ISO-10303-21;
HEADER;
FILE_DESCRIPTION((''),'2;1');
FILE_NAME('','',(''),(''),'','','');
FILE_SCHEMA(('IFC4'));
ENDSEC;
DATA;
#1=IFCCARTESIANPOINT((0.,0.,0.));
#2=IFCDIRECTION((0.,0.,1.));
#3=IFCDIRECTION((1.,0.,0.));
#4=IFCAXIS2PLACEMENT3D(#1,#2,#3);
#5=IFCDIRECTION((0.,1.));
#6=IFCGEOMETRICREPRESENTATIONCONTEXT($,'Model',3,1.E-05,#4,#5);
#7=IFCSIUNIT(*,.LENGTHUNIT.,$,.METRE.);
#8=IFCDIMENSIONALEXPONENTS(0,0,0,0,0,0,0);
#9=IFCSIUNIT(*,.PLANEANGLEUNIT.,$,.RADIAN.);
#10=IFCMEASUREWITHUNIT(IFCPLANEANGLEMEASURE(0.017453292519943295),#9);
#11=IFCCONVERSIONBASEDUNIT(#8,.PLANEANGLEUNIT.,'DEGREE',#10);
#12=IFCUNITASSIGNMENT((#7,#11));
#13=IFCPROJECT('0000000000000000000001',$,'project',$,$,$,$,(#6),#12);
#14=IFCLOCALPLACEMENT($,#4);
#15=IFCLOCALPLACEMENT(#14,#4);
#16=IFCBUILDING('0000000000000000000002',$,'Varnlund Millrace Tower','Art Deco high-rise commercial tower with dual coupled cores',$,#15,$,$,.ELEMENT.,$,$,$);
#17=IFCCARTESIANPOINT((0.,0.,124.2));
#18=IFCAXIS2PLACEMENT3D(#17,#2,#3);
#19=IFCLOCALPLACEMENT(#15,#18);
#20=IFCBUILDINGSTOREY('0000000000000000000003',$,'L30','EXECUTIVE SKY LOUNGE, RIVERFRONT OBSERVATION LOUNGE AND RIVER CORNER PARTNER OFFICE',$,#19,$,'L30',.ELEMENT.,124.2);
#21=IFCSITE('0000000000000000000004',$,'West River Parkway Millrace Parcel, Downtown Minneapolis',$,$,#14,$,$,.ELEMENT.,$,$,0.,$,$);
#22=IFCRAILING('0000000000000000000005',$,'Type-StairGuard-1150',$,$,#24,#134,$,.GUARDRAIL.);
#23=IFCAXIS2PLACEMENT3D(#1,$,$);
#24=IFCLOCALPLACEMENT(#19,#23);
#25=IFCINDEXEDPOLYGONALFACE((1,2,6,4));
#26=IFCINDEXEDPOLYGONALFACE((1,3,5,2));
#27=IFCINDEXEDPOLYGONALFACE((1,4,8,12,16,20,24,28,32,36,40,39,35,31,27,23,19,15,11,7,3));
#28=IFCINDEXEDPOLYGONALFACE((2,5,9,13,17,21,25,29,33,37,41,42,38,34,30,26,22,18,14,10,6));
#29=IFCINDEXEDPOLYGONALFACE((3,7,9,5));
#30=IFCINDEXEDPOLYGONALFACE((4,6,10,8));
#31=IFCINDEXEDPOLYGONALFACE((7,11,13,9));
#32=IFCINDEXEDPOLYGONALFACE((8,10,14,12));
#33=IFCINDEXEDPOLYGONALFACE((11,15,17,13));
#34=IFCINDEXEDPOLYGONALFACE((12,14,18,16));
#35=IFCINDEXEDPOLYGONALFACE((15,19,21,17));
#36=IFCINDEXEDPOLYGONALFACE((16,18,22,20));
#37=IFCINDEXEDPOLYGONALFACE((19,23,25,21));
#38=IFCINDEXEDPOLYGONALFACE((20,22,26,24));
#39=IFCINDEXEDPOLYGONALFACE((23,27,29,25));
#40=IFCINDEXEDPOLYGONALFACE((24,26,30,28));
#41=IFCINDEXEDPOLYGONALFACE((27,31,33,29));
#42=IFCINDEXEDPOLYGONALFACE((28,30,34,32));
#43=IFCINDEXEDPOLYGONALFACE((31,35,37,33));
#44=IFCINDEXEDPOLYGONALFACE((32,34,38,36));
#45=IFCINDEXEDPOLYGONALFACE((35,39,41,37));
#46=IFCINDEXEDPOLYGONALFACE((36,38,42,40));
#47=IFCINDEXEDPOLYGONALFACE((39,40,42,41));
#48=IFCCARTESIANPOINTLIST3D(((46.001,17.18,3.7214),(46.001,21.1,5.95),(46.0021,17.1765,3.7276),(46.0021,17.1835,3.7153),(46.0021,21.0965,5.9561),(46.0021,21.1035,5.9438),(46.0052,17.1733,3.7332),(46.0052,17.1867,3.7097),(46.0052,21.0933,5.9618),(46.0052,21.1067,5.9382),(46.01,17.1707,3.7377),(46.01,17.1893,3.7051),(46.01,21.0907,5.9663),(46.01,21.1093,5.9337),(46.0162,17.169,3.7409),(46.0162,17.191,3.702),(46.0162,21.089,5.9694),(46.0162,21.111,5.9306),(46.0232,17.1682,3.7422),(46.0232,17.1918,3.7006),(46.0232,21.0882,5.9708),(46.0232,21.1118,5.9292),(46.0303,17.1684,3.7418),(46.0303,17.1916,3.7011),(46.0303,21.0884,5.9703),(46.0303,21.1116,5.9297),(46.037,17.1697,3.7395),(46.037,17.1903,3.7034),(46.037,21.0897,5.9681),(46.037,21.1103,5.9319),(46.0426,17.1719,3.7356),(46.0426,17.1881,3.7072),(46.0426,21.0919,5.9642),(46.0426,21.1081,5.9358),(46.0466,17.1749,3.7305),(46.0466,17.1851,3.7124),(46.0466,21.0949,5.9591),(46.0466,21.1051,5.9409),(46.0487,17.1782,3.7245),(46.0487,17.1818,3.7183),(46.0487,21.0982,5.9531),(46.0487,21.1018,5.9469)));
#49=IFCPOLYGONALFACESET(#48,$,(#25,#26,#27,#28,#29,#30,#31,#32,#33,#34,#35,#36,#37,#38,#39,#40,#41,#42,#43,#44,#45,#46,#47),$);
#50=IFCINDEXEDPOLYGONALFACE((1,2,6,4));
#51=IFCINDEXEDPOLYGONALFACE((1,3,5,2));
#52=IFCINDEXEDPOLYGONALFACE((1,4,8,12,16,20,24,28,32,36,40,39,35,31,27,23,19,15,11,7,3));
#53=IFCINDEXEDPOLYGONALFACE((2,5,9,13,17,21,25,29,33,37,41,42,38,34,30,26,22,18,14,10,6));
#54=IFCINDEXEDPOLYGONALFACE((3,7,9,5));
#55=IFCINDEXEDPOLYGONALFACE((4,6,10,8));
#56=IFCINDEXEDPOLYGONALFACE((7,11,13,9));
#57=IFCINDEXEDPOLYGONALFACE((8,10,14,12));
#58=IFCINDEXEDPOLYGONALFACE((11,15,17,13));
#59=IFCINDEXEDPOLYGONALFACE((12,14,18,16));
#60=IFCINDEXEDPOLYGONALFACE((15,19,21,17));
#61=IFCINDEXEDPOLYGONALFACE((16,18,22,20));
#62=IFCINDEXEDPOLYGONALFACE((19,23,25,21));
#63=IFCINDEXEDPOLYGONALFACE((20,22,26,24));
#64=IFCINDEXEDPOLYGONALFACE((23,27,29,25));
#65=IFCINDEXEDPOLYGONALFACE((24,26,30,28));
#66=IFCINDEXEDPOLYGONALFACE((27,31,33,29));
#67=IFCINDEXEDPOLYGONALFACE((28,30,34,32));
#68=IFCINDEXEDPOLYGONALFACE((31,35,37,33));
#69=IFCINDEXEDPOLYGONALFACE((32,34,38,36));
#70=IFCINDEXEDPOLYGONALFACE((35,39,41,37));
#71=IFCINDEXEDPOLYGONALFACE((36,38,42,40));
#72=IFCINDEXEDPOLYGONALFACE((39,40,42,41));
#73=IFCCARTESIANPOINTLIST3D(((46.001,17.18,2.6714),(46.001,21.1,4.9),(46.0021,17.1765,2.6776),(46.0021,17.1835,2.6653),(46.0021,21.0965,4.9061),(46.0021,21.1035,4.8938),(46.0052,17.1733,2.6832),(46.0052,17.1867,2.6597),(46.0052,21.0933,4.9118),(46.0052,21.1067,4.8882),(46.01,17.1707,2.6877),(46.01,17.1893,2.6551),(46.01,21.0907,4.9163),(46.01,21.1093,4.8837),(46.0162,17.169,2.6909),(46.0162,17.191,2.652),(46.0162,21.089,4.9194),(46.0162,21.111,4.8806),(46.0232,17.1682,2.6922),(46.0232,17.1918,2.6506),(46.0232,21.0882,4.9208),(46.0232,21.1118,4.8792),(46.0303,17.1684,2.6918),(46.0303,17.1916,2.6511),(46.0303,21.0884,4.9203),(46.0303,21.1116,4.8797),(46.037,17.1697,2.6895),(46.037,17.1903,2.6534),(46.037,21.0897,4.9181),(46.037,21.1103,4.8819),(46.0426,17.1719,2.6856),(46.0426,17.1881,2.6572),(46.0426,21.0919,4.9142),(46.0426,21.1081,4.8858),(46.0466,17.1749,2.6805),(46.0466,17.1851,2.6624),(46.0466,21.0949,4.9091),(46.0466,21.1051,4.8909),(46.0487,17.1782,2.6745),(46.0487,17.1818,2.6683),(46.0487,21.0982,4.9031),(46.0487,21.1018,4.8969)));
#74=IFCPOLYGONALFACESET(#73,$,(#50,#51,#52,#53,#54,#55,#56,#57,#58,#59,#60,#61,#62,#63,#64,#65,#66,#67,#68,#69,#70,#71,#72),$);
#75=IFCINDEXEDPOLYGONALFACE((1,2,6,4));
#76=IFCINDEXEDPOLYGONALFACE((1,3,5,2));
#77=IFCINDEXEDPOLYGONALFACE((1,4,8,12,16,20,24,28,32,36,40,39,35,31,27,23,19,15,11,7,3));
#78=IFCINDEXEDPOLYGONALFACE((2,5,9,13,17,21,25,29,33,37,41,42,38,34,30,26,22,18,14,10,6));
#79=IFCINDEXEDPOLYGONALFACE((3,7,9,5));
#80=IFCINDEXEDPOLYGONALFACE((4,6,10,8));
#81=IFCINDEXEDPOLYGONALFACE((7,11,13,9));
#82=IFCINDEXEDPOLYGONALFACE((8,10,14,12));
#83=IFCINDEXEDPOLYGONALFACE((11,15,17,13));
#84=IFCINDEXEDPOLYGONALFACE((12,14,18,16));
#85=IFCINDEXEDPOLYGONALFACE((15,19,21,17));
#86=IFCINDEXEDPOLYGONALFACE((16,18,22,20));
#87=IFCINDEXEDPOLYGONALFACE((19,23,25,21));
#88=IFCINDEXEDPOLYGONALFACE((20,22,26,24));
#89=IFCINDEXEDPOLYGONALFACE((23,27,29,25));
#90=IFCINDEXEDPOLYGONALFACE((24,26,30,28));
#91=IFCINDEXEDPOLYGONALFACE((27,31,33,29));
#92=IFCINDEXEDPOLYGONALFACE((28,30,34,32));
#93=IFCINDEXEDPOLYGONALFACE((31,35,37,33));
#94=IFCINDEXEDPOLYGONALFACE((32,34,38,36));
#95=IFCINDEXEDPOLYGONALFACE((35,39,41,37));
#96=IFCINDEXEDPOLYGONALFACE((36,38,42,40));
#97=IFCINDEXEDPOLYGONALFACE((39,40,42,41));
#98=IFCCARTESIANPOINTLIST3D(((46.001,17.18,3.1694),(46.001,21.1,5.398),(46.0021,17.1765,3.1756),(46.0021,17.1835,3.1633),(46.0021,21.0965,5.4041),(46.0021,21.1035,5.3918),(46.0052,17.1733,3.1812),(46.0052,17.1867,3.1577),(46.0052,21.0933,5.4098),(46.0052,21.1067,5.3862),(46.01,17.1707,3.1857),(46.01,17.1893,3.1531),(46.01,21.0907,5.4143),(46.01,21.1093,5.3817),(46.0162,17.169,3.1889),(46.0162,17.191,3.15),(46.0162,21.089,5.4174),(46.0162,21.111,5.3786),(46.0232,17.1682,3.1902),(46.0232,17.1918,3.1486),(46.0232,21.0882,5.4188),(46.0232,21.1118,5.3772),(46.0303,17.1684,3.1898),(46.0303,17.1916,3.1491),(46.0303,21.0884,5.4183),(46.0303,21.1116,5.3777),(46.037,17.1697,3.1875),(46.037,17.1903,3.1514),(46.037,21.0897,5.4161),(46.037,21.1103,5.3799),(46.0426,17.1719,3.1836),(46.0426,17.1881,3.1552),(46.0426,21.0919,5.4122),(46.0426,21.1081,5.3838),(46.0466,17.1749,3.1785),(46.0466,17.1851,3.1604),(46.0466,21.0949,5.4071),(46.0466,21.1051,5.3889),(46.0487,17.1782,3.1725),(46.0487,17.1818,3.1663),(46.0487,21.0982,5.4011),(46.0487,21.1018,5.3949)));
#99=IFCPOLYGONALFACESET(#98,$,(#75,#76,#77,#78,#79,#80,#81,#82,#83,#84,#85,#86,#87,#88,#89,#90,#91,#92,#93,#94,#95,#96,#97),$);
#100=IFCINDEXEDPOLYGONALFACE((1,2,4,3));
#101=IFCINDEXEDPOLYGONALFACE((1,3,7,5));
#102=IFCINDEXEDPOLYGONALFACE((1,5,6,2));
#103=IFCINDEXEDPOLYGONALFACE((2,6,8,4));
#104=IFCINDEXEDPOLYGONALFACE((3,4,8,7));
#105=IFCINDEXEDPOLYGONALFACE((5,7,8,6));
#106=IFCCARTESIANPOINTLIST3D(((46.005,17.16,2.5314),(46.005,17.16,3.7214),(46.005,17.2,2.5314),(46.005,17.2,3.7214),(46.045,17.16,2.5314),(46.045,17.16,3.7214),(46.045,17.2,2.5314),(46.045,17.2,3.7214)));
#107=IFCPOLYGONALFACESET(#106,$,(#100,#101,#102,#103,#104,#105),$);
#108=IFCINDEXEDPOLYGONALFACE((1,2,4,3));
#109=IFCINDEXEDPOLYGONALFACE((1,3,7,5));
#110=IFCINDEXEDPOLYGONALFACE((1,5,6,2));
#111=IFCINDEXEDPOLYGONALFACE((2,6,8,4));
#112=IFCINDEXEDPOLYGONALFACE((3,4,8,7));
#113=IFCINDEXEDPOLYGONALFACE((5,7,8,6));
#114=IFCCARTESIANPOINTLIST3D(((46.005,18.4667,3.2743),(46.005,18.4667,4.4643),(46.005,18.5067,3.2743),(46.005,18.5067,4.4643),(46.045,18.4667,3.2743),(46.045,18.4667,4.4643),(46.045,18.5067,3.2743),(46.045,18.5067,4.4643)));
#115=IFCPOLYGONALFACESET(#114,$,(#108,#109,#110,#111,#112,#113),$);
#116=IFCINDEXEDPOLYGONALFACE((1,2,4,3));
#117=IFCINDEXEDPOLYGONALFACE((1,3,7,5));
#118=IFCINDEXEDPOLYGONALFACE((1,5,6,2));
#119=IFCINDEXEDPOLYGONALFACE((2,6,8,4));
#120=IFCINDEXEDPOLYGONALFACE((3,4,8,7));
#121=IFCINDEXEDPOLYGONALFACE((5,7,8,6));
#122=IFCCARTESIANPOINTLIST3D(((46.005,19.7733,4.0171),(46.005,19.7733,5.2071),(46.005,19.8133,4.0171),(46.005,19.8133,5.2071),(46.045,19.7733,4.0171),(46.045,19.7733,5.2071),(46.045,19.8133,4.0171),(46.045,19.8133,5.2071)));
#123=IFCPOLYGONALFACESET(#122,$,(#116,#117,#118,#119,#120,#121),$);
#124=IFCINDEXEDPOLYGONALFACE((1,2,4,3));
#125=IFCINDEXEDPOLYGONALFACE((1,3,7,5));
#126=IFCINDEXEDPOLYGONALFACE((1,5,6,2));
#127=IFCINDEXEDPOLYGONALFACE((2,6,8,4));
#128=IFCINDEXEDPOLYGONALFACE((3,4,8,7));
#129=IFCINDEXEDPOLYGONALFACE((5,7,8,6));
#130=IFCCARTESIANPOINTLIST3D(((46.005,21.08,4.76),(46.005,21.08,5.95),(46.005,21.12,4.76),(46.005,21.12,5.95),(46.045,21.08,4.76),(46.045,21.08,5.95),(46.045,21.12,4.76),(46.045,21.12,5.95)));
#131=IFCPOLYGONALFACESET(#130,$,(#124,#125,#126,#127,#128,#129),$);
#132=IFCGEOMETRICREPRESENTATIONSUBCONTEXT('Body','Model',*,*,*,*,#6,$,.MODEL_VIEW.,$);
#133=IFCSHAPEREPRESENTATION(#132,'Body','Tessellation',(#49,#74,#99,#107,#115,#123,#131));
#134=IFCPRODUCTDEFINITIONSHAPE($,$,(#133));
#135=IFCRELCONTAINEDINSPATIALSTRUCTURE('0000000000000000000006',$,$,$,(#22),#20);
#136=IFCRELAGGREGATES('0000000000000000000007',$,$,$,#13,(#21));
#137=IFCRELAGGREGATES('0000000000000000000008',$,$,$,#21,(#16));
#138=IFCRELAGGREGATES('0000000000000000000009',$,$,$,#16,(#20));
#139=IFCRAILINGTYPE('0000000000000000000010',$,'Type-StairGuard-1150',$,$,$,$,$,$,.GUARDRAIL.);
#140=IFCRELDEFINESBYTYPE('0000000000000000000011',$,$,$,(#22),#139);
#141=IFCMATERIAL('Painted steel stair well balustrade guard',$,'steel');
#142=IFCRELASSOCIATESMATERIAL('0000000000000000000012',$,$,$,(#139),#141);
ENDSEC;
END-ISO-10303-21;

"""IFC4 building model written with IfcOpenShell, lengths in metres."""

from ifc_helpers import new_model, entity, si_unit, converted_unit, direction, frame, origin_with_axes, origin_2d_with_axis, place, context, subcontext, project, spatial, rectangle, circle, extrude, material, type_object, element, save


model = new_model("IFC4")

# Units and contexts
model_context = context("Model", 3, precision=1e-05, world=origin_with_axes(), true_north=direction((0.0, 1.0)))
body_context = subcontext(model_context, "Body", "Model", "MODEL_VIEW")
ifc_project = project(units=[si_unit("LENGTHUNIT", "METRE"), converted_unit("PLANEANGLEUNIT", "DEGREE", entity("IfcPlaneAngleMeasure", 0.017453292519943295), si_unit("PLANEANGLEUNIT", "RADIAN"), dimensions=[0, 0, 0, 0, 0, 0, 0])], contexts=[model_context])

# Site, building, storey
site_placement = place(None, origin_with_axes())
site = spatial("IfcSite", under=ifc_project, at=site_placement, Name="West River Parkway Millrace Parcel, Downtown Minneapolis", CompositionType="ELEMENT", RefElevation=0.0)
building_placement = place(site_placement, origin_with_axes())
building = spatial("IfcBuilding", under=site, at=building_placement, Name="Varnlund Millrace Tower", Description="Art Deco high-rise commercial tower with dual coupled cores", CompositionType="ELEMENT")
storey_placement = place(building_placement, frame((0.0, 0.0, 124.2), z_axis=(0.0, 0.0, 1.0), x_axis=(1.0, 0.0, 0.0)))
storey = spatial("IfcBuildingStorey", under=building, at=storey_placement, Name="L30", Description="EXECUTIVE SKY LOUNGE, RIVERFRONT OBSERVATION LOUNGE AND RIVER CORNER PARTNER OFFICE", LongName="L30", CompositionType="ELEMENT", Elevation=124.2)

# Railing
ifc_material_1 = material(Name="Painted steel stair well balustrade guard", Category="steel")
railing_type_1 = type_object("IfcRailingType", Name="Type-StairGuard-1150", PredefinedType="GUARDRAIL", material=ifc_material_1)
railing_1_placement = place(storey_placement, frame((0.0, 0.0, -124.2), z_axis=(0.0, 0.0, 1.0), x_axis=(1.0, 0.0, 0.0)))
element("IfcRailing", 1, at=railing_1_placement, inside=storey, type_object=railing_type_1, Name="Type-StairGuard-1150", PredefinedType="GUARDRAIL", context=body_context, shape_type="SweptSolid", body=[
    extrude(circle(Radius=0.024, at=origin_2d_with_axis()), frame((46.025, 17.18, 127.9214), z_axis=(0.0, 0.869333, 0.494227), x_axis=(-1.0, 0.0, 0.0)), (0.0, 0.0, 1.0), 4.5092),
    extrude(circle(Radius=0.024, at=origin_2d_with_axis()), frame((46.025, 17.18, 126.8714), z_axis=(0.0, 0.869333, 0.494227), x_axis=(-1.0, 0.0, 0.0)), (0.0, 0.0, 1.0), 4.5092),
    extrude(circle(Radius=0.024, at=origin_2d_with_axis()), frame((46.025, 17.18, 127.3694), z_axis=(0.0, 0.869333, 0.494227), x_axis=(-1.0, 0.0, 0.0)), (0.0, 0.0, 1.0), 4.5092),
    extrude(rectangle(XDim=0.04, YDim=0.04, at=origin_2d_with_axis()), frame((46.025, 17.18, 126.7314), z_axis=(0.0, 0.0, 1.0), x_axis=(1.0, 0.0, 0.0)), (0.0, 0.0, 1.0), 1.19),
    extrude(rectangle(XDim=0.04, YDim=0.04, at=origin_2d_with_axis()), frame((46.025, 18.4867, 127.4743), z_axis=(0.0, 0.0, 1.0), x_axis=(1.0, 0.0, 0.0)), (0.0, 0.0, 1.0), 1.19),
    extrude(rectangle(XDim=0.04, YDim=0.04, at=origin_2d_with_axis()), frame((46.025, 19.7933, 128.2171), z_axis=(0.0, 0.0, 1.0), x_axis=(1.0, 0.0, 0.0)), (0.0, 0.0, 1.0), 1.19),
    extrude(rectangle(XDim=0.04, YDim=0.04, at=origin_2d_with_axis()), frame((46.025, 21.1, 128.96), z_axis=(0.0, 0.0, 1.0), x_axis=(1.0, 0.0, 0.0)), (0.0, 0.0, 1.0), 1.19),
])

save(model, "model.ifc")
